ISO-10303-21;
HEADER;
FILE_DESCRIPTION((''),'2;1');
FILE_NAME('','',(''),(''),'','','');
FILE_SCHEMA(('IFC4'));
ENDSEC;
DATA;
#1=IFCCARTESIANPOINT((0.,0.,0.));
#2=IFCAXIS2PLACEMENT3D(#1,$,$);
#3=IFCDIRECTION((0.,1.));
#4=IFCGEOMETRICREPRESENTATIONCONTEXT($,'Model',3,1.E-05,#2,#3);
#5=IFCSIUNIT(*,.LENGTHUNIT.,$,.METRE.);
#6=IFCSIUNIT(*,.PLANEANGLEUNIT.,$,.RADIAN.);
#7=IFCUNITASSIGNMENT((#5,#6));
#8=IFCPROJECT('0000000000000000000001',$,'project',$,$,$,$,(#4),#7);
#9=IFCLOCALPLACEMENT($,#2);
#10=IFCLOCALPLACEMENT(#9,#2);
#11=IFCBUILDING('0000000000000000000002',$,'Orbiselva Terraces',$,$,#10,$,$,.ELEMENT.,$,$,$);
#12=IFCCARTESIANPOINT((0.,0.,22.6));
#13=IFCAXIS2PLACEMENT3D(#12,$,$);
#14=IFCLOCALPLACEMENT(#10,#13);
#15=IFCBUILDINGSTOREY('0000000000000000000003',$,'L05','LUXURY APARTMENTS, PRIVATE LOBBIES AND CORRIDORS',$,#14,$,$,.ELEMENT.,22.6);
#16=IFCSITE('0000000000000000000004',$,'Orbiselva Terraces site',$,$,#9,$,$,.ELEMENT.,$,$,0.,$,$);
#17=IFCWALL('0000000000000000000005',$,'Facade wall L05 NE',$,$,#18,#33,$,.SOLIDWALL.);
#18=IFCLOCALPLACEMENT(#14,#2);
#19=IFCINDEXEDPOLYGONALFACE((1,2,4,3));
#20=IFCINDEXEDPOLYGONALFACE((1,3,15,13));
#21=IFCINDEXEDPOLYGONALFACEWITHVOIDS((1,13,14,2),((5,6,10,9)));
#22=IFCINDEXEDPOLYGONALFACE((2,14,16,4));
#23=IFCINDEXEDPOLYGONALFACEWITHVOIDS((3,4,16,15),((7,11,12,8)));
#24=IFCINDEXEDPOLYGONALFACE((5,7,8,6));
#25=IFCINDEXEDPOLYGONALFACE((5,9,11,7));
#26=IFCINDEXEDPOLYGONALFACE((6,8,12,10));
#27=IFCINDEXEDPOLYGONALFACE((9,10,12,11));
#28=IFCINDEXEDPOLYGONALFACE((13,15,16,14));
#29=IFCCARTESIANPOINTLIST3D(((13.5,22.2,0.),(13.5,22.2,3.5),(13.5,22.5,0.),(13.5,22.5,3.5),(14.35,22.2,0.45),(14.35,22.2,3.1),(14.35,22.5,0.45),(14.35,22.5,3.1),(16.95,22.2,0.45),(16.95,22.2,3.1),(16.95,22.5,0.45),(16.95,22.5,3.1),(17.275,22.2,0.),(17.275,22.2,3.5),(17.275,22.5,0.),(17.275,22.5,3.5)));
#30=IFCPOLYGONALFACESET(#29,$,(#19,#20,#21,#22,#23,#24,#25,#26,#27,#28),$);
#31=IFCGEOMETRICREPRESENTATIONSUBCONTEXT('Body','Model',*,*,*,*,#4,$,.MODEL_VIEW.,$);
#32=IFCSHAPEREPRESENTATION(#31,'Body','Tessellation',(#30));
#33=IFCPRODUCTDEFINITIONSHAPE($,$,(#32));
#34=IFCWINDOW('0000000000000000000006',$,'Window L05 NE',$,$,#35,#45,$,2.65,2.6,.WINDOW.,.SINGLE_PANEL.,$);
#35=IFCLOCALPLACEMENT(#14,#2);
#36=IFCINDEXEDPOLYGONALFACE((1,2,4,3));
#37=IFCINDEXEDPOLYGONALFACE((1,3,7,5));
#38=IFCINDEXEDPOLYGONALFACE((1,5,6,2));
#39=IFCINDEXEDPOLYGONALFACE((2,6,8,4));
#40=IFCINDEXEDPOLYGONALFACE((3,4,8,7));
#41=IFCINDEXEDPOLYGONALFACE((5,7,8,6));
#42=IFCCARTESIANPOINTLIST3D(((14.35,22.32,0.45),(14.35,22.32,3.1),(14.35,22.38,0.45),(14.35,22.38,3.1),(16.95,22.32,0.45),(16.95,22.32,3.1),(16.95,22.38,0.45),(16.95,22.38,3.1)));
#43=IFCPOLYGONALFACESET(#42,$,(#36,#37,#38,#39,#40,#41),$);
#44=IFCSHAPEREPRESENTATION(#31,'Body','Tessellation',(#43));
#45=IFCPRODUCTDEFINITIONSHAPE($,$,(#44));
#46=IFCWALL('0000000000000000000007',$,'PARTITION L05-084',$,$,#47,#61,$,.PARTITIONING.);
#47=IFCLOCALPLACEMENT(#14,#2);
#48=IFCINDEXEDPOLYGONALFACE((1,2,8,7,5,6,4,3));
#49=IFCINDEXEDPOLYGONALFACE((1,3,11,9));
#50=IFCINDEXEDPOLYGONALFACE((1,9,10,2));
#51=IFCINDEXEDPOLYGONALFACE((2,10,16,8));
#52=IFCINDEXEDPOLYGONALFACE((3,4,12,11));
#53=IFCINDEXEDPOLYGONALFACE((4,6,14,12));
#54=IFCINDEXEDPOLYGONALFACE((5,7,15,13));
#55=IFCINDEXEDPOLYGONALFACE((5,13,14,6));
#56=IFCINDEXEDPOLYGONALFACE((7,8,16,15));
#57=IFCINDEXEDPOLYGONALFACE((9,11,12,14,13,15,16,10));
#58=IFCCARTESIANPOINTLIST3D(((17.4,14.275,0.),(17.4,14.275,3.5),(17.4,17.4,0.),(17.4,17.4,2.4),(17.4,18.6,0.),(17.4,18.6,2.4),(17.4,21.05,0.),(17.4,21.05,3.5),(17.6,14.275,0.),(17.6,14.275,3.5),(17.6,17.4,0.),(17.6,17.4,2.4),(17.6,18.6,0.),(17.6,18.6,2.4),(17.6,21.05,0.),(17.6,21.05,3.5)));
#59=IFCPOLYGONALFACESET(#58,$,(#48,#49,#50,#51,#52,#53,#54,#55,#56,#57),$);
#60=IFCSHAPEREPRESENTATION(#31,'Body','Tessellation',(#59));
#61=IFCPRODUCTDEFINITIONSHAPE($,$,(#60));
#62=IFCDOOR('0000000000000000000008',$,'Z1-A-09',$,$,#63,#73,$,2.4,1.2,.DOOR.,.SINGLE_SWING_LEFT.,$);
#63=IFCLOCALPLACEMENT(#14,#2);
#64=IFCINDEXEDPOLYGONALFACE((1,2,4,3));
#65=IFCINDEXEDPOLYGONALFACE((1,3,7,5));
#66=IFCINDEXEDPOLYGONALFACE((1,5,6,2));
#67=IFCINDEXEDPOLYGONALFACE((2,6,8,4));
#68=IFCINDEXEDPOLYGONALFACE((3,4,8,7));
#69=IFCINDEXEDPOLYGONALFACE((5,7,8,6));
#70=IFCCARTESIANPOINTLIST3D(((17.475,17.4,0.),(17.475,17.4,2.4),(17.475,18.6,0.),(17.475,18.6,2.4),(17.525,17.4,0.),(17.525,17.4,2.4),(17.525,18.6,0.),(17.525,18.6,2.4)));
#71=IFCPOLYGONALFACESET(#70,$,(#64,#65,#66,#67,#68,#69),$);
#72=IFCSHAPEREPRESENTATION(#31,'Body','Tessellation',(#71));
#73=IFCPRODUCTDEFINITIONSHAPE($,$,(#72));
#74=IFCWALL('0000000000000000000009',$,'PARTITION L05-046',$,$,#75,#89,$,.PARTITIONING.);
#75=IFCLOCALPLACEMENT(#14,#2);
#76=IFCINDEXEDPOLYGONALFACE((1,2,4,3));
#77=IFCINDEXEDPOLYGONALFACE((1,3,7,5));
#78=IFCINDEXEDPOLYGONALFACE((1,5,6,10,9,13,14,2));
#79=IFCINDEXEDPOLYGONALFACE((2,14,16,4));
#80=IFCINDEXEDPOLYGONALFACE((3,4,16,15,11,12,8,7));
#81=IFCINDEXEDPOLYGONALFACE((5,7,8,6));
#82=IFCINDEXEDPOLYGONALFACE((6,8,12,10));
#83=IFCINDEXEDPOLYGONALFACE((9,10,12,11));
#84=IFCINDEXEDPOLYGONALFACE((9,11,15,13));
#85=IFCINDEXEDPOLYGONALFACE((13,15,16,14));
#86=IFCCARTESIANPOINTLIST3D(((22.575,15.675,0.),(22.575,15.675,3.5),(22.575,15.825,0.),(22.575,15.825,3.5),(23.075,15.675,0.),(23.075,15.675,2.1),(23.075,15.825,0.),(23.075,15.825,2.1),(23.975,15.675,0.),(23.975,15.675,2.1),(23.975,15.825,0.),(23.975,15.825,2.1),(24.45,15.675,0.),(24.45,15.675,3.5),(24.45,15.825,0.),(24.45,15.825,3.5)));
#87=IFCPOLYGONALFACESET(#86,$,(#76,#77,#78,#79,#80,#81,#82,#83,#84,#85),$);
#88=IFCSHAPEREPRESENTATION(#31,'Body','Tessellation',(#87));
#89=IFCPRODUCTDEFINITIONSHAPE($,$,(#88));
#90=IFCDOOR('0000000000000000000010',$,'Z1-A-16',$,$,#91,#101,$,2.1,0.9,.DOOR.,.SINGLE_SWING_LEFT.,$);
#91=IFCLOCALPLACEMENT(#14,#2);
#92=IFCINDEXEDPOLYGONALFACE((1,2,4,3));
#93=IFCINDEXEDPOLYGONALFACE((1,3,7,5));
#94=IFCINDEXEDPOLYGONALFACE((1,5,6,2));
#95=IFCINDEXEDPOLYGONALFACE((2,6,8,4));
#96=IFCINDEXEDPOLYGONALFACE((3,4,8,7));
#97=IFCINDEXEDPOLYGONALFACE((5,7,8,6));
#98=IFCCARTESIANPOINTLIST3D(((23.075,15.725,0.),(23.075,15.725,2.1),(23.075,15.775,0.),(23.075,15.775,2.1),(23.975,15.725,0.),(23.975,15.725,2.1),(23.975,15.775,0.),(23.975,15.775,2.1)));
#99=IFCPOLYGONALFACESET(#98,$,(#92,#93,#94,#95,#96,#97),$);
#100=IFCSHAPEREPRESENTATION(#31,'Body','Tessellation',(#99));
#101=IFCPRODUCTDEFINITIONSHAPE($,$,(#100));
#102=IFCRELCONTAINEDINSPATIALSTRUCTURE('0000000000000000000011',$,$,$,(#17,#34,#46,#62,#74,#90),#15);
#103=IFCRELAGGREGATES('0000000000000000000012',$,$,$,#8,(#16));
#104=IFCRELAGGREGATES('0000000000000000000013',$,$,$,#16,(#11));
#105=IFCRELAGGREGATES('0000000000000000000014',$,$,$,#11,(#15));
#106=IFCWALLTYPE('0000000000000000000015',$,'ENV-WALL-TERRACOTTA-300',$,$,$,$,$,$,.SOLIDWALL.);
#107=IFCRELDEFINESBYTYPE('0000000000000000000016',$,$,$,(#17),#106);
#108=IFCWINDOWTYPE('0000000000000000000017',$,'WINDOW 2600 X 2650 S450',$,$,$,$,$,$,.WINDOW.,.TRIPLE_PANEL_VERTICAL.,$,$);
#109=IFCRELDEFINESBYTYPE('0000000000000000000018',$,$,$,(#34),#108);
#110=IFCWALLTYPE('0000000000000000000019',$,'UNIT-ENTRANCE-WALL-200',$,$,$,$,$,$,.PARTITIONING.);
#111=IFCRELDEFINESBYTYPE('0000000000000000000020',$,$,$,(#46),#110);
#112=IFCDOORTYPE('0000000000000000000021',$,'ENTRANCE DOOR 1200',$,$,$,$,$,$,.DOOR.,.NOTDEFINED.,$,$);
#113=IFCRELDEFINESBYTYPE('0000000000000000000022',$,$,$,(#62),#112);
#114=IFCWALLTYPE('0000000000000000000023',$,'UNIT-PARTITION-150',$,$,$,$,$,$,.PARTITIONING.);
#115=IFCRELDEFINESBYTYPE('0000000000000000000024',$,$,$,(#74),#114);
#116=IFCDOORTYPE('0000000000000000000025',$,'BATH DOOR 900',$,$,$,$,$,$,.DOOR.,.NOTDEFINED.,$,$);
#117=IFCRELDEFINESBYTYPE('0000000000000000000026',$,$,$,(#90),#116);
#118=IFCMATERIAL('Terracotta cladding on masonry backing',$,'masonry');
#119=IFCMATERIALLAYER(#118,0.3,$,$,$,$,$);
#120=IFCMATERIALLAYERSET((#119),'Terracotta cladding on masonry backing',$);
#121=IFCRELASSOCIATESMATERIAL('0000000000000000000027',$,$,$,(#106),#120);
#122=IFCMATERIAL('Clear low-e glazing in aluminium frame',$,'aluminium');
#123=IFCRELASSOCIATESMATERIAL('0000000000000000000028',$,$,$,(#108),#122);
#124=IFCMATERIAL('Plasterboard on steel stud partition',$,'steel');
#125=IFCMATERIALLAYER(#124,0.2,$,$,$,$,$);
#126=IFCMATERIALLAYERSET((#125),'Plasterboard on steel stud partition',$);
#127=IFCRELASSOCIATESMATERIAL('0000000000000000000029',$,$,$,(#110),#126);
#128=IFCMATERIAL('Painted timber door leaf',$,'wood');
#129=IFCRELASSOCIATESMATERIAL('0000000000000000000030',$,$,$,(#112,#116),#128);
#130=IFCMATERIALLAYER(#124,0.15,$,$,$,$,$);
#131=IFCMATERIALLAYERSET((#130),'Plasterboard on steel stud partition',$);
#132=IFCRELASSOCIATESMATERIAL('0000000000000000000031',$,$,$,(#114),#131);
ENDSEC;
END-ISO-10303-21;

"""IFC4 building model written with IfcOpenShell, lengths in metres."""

from ifc_helpers import new_model, si_unit, direction, frame, frame_2d, origin, place, context, subcontext, project, spatial, rectangle, extrude, material, layer, layer_set, type_object, element, fill, save


model = new_model("IFC4")

# Units and contexts
model_context = context("Model", 3, precision=1e-05, world=origin(), true_north=direction((0.0, 1.0)))
body_context = subcontext(model_context, "Body", "Model", "MODEL_VIEW")
ifc_project = project(units=[si_unit("LENGTHUNIT", "METRE"), si_unit("PLANEANGLEUNIT", "RADIAN")], contexts=[model_context])

# Site, building, storey
site_placement = place(None, origin())
site = spatial("IfcSite", under=ifc_project, at=site_placement, Name="Orbiselva Terraces site", CompositionType="ELEMENT", RefElevation=0.0)
building_placement = place(site_placement, origin())
building = spatial("IfcBuilding", under=site, at=building_placement, Name="Orbiselva Terraces", CompositionType="ELEMENT")
storey_placement = place(building_placement, frame((0.0, 0.0, 22.6)))
storey = spatial("IfcBuildingStorey", under=building, at=storey_placement, Name="L05", Description="LUXURY APARTMENTS, PRIVATE LOBBIES AND CORRIDORS", CompositionType="ELEMENT", Elevation=22.6)

# Shared definitions
ifc_material_1 = material(Name="Terracotta cladding on masonry backing", Category="masonry")
ifc_layer_1 = layer(ifc_material_1, 0.3)
ifc_layer_set_1 = layer_set([ifc_layer_1], Name="Terracotta cladding on masonry backing")
wall_type_1 = type_object("IfcWallType", Name="ENV-WALL-TERRACOTTA-300", PredefinedType="SOLIDWALL", material=ifc_layer_set_1)
ifc_material_2 = material(Name="Clear low-e glazing in aluminium frame", Category="aluminium")
window_type = type_object("IfcWindowType", Name="WINDOW 2600 X 2650 S450", PartitioningType="TRIPLE_PANEL_VERTICAL", PredefinedType="WINDOW", material=ifc_material_2)

# Wall, opening, window
wall_1_placement = place(storey_placement, frame((13.5, 22.35, 0.0), z_axis=(0.0, 0.0, 1.0), x_axis=(1.0, 0.0, 0.0)))
wall_1 = element("IfcWall", 1, at=wall_1_placement, inside=storey, type_object=wall_type_1, Name="Facade wall L05 NE", PredefinedType="SOLIDWALL", context=body_context, shape_type="SweptSolid", body=[
    extrude(rectangle(XDim=3.775, YDim=0.3, at=frame_2d((1.8875, 0.0))), origin(), (0.0, 0.0, 1.0), 3.5),
])
opening_1_placement = place(wall_1_placement, frame((0.85, 0.0, 0.45)))
opening_1 = element("IfcOpeningElement", 2, at=opening_1_placement, cuts=wall_1, PredefinedType="OPENING", context=body_context, shape_type="SweptSolid", body=[
    extrude(rectangle(XDim=2.6, YDim=2.65, at=frame_2d((1.3, 1.325))), frame((0.0, 0.16, 0.0), z_axis=(0.0, -1.0, 0.0), x_axis=(1.0, 0.0, 0.0)), (0.0, 0.0, 1.0), 0.32),
])
window_1_placement = place(opening_1_placement, origin())
window_1 = element("IfcWindow", 3, at=window_1_placement, inside=storey, type_object=window_type, Name="Window L05 NE", OverallHeight=2.65, OverallWidth=2.6, PartitioningType="SINGLE_PANEL", PredefinedType="WINDOW", context=body_context, shape_type="SweptSolid", body=[
    extrude(rectangle(XDim=2.6, YDim=2.65, at=frame_2d((1.3, 1.325))), frame((0.0, 0.03, 0.0), z_axis=(0.0, -1.0, 0.0), x_axis=(1.0, 0.0, 0.0)), (0.0, 0.0, 1.0), 0.06),
])
fill(opening_1, window_1)

# Walls, openings, doors
ifc_material_3 = material(Name="Plasterboard on steel stud partition", Category="steel")
ifc_layer_2 = layer(ifc_material_3, 0.2)
ifc_layer_set_2 = layer_set([ifc_layer_2], Name="Plasterboard on steel stud partition")
wall_type_2 = type_object("IfcWallType", Name="UNIT-ENTRANCE-WALL-200", PredefinedType="PARTITIONING", material=ifc_layer_set_2)
wall_2_placement = place(storey_placement, frame((17.5, 21.05, 0.0), z_axis=(0.0, 0.0, 1.0), x_axis=(0.0, -1.0, 0.0)))
wall_2 = element("IfcWall", 4, at=wall_2_placement, inside=storey, type_object=wall_type_2, Name="PARTITION L05-084", PredefinedType="PARTITIONING", context=body_context, shape_type="SweptSolid", body=[
    extrude(rectangle(XDim=6.775, YDim=0.2, at=frame_2d((3.3875, 0.0))), origin(), (0.0, 0.0, 1.0), 3.5),
])
opening_2_placement = place(wall_2_placement, frame((2.45, 0.0, 0.0)))
opening_2 = element("IfcOpeningElement", 5, at=opening_2_placement, cuts=wall_2, PredefinedType="OPENING", context=body_context, shape_type="SweptSolid", body=[
    extrude(rectangle(XDim=1.2, YDim=2.4, at=frame_2d((0.6, 1.2))), frame((0.0, 0.11, 0.0), z_axis=(0.0, -1.0, 0.0), x_axis=(1.0, 0.0, 0.0)), (0.0, 0.0, 1.0), 0.22),
])
ifc_material_4 = material(Name="Painted timber door leaf", Category="wood")
door_type_1 = type_object("IfcDoorType", Name="ENTRANCE DOOR 1200", OperationType="NOTDEFINED", PredefinedType="DOOR", material=ifc_material_4)
door_1_placement = place(opening_2_placement, origin())
door_1 = element("IfcDoor", 6, at=door_1_placement, inside=storey, type_object=door_type_1, Name="Z1-A-09", OperationType="SINGLE_SWING_LEFT", OverallHeight=2.4, OverallWidth=1.2, PredefinedType="DOOR", context=body_context, shape_type="SweptSolid", body=[
    extrude(rectangle(XDim=1.2, YDim=2.4, at=frame_2d((0.6, 1.2))), frame((0.0, 0.025, 0.0), z_axis=(0.0, -1.0, 0.0), x_axis=(1.0, 0.0, 0.0)), (0.0, 0.0, 1.0), 0.05),
])
fill(opening_2, door_1)
ifc_layer_3 = layer(ifc_material_3, 0.15)
ifc_layer_set_3 = layer_set([ifc_layer_3], Name="Plasterboard on steel stud partition")
wall_type_3 = type_object("IfcWallType", Name="UNIT-PARTITION-150", PredefinedType="PARTITIONING", material=ifc_layer_set_3)
wall_3_placement = place(storey_placement, frame((24.45, 15.75, 0.0), z_axis=(0.0, 0.0, 1.0), x_axis=(-1.0, 0.0, 0.0)))
wall_3 = element("IfcWall", 7, at=wall_3_placement, inside=storey, type_object=wall_type_3, Name="PARTITION L05-046", PredefinedType="PARTITIONING", context=body_context, shape_type="SweptSolid", body=[
    extrude(rectangle(XDim=1.875, YDim=0.15, at=frame_2d((0.9375, 0.0))), origin(), (0.0, 0.0, 1.0), 3.5),
])
opening_3_placement = place(wall_3_placement, frame((0.475, 0.0, 0.0)))
opening_3 = element("IfcOpeningElement", 8, at=opening_3_placement, cuts=wall_3, PredefinedType="OPENING", context=body_context, shape_type="SweptSolid", body=[
    extrude(rectangle(XDim=0.9, YDim=2.1, at=frame_2d((0.45, 1.05))), frame((0.0, 0.085, 0.0), z_axis=(0.0, -1.0, 0.0), x_axis=(1.0, 0.0, 0.0)), (0.0, 0.0, 1.0), 0.17),
])
door_type_2 = type_object("IfcDoorType", Name="BATH DOOR 900", OperationType="NOTDEFINED", PredefinedType="DOOR", material=ifc_material_4)
door_2_placement = place(opening_3_placement, origin())
door_2 = element("IfcDoor", 9, at=door_2_placement, inside=storey, type_object=door_type_2, Name="Z1-A-16", OperationType="SINGLE_SWING_LEFT", OverallHeight=2.1, OverallWidth=0.9, PredefinedType="DOOR", context=body_context, shape_type="SweptSolid", body=[
    extrude(rectangle(XDim=0.9, YDim=2.1, at=frame_2d((0.45, 1.05))), frame((0.0, 0.025, 0.0), z_axis=(0.0, -1.0, 0.0), x_axis=(1.0, 0.0, 0.0)), (0.0, 0.0, 1.0), 0.05),
])
fill(opening_3, door_2)

save(model, "model.ifc")
